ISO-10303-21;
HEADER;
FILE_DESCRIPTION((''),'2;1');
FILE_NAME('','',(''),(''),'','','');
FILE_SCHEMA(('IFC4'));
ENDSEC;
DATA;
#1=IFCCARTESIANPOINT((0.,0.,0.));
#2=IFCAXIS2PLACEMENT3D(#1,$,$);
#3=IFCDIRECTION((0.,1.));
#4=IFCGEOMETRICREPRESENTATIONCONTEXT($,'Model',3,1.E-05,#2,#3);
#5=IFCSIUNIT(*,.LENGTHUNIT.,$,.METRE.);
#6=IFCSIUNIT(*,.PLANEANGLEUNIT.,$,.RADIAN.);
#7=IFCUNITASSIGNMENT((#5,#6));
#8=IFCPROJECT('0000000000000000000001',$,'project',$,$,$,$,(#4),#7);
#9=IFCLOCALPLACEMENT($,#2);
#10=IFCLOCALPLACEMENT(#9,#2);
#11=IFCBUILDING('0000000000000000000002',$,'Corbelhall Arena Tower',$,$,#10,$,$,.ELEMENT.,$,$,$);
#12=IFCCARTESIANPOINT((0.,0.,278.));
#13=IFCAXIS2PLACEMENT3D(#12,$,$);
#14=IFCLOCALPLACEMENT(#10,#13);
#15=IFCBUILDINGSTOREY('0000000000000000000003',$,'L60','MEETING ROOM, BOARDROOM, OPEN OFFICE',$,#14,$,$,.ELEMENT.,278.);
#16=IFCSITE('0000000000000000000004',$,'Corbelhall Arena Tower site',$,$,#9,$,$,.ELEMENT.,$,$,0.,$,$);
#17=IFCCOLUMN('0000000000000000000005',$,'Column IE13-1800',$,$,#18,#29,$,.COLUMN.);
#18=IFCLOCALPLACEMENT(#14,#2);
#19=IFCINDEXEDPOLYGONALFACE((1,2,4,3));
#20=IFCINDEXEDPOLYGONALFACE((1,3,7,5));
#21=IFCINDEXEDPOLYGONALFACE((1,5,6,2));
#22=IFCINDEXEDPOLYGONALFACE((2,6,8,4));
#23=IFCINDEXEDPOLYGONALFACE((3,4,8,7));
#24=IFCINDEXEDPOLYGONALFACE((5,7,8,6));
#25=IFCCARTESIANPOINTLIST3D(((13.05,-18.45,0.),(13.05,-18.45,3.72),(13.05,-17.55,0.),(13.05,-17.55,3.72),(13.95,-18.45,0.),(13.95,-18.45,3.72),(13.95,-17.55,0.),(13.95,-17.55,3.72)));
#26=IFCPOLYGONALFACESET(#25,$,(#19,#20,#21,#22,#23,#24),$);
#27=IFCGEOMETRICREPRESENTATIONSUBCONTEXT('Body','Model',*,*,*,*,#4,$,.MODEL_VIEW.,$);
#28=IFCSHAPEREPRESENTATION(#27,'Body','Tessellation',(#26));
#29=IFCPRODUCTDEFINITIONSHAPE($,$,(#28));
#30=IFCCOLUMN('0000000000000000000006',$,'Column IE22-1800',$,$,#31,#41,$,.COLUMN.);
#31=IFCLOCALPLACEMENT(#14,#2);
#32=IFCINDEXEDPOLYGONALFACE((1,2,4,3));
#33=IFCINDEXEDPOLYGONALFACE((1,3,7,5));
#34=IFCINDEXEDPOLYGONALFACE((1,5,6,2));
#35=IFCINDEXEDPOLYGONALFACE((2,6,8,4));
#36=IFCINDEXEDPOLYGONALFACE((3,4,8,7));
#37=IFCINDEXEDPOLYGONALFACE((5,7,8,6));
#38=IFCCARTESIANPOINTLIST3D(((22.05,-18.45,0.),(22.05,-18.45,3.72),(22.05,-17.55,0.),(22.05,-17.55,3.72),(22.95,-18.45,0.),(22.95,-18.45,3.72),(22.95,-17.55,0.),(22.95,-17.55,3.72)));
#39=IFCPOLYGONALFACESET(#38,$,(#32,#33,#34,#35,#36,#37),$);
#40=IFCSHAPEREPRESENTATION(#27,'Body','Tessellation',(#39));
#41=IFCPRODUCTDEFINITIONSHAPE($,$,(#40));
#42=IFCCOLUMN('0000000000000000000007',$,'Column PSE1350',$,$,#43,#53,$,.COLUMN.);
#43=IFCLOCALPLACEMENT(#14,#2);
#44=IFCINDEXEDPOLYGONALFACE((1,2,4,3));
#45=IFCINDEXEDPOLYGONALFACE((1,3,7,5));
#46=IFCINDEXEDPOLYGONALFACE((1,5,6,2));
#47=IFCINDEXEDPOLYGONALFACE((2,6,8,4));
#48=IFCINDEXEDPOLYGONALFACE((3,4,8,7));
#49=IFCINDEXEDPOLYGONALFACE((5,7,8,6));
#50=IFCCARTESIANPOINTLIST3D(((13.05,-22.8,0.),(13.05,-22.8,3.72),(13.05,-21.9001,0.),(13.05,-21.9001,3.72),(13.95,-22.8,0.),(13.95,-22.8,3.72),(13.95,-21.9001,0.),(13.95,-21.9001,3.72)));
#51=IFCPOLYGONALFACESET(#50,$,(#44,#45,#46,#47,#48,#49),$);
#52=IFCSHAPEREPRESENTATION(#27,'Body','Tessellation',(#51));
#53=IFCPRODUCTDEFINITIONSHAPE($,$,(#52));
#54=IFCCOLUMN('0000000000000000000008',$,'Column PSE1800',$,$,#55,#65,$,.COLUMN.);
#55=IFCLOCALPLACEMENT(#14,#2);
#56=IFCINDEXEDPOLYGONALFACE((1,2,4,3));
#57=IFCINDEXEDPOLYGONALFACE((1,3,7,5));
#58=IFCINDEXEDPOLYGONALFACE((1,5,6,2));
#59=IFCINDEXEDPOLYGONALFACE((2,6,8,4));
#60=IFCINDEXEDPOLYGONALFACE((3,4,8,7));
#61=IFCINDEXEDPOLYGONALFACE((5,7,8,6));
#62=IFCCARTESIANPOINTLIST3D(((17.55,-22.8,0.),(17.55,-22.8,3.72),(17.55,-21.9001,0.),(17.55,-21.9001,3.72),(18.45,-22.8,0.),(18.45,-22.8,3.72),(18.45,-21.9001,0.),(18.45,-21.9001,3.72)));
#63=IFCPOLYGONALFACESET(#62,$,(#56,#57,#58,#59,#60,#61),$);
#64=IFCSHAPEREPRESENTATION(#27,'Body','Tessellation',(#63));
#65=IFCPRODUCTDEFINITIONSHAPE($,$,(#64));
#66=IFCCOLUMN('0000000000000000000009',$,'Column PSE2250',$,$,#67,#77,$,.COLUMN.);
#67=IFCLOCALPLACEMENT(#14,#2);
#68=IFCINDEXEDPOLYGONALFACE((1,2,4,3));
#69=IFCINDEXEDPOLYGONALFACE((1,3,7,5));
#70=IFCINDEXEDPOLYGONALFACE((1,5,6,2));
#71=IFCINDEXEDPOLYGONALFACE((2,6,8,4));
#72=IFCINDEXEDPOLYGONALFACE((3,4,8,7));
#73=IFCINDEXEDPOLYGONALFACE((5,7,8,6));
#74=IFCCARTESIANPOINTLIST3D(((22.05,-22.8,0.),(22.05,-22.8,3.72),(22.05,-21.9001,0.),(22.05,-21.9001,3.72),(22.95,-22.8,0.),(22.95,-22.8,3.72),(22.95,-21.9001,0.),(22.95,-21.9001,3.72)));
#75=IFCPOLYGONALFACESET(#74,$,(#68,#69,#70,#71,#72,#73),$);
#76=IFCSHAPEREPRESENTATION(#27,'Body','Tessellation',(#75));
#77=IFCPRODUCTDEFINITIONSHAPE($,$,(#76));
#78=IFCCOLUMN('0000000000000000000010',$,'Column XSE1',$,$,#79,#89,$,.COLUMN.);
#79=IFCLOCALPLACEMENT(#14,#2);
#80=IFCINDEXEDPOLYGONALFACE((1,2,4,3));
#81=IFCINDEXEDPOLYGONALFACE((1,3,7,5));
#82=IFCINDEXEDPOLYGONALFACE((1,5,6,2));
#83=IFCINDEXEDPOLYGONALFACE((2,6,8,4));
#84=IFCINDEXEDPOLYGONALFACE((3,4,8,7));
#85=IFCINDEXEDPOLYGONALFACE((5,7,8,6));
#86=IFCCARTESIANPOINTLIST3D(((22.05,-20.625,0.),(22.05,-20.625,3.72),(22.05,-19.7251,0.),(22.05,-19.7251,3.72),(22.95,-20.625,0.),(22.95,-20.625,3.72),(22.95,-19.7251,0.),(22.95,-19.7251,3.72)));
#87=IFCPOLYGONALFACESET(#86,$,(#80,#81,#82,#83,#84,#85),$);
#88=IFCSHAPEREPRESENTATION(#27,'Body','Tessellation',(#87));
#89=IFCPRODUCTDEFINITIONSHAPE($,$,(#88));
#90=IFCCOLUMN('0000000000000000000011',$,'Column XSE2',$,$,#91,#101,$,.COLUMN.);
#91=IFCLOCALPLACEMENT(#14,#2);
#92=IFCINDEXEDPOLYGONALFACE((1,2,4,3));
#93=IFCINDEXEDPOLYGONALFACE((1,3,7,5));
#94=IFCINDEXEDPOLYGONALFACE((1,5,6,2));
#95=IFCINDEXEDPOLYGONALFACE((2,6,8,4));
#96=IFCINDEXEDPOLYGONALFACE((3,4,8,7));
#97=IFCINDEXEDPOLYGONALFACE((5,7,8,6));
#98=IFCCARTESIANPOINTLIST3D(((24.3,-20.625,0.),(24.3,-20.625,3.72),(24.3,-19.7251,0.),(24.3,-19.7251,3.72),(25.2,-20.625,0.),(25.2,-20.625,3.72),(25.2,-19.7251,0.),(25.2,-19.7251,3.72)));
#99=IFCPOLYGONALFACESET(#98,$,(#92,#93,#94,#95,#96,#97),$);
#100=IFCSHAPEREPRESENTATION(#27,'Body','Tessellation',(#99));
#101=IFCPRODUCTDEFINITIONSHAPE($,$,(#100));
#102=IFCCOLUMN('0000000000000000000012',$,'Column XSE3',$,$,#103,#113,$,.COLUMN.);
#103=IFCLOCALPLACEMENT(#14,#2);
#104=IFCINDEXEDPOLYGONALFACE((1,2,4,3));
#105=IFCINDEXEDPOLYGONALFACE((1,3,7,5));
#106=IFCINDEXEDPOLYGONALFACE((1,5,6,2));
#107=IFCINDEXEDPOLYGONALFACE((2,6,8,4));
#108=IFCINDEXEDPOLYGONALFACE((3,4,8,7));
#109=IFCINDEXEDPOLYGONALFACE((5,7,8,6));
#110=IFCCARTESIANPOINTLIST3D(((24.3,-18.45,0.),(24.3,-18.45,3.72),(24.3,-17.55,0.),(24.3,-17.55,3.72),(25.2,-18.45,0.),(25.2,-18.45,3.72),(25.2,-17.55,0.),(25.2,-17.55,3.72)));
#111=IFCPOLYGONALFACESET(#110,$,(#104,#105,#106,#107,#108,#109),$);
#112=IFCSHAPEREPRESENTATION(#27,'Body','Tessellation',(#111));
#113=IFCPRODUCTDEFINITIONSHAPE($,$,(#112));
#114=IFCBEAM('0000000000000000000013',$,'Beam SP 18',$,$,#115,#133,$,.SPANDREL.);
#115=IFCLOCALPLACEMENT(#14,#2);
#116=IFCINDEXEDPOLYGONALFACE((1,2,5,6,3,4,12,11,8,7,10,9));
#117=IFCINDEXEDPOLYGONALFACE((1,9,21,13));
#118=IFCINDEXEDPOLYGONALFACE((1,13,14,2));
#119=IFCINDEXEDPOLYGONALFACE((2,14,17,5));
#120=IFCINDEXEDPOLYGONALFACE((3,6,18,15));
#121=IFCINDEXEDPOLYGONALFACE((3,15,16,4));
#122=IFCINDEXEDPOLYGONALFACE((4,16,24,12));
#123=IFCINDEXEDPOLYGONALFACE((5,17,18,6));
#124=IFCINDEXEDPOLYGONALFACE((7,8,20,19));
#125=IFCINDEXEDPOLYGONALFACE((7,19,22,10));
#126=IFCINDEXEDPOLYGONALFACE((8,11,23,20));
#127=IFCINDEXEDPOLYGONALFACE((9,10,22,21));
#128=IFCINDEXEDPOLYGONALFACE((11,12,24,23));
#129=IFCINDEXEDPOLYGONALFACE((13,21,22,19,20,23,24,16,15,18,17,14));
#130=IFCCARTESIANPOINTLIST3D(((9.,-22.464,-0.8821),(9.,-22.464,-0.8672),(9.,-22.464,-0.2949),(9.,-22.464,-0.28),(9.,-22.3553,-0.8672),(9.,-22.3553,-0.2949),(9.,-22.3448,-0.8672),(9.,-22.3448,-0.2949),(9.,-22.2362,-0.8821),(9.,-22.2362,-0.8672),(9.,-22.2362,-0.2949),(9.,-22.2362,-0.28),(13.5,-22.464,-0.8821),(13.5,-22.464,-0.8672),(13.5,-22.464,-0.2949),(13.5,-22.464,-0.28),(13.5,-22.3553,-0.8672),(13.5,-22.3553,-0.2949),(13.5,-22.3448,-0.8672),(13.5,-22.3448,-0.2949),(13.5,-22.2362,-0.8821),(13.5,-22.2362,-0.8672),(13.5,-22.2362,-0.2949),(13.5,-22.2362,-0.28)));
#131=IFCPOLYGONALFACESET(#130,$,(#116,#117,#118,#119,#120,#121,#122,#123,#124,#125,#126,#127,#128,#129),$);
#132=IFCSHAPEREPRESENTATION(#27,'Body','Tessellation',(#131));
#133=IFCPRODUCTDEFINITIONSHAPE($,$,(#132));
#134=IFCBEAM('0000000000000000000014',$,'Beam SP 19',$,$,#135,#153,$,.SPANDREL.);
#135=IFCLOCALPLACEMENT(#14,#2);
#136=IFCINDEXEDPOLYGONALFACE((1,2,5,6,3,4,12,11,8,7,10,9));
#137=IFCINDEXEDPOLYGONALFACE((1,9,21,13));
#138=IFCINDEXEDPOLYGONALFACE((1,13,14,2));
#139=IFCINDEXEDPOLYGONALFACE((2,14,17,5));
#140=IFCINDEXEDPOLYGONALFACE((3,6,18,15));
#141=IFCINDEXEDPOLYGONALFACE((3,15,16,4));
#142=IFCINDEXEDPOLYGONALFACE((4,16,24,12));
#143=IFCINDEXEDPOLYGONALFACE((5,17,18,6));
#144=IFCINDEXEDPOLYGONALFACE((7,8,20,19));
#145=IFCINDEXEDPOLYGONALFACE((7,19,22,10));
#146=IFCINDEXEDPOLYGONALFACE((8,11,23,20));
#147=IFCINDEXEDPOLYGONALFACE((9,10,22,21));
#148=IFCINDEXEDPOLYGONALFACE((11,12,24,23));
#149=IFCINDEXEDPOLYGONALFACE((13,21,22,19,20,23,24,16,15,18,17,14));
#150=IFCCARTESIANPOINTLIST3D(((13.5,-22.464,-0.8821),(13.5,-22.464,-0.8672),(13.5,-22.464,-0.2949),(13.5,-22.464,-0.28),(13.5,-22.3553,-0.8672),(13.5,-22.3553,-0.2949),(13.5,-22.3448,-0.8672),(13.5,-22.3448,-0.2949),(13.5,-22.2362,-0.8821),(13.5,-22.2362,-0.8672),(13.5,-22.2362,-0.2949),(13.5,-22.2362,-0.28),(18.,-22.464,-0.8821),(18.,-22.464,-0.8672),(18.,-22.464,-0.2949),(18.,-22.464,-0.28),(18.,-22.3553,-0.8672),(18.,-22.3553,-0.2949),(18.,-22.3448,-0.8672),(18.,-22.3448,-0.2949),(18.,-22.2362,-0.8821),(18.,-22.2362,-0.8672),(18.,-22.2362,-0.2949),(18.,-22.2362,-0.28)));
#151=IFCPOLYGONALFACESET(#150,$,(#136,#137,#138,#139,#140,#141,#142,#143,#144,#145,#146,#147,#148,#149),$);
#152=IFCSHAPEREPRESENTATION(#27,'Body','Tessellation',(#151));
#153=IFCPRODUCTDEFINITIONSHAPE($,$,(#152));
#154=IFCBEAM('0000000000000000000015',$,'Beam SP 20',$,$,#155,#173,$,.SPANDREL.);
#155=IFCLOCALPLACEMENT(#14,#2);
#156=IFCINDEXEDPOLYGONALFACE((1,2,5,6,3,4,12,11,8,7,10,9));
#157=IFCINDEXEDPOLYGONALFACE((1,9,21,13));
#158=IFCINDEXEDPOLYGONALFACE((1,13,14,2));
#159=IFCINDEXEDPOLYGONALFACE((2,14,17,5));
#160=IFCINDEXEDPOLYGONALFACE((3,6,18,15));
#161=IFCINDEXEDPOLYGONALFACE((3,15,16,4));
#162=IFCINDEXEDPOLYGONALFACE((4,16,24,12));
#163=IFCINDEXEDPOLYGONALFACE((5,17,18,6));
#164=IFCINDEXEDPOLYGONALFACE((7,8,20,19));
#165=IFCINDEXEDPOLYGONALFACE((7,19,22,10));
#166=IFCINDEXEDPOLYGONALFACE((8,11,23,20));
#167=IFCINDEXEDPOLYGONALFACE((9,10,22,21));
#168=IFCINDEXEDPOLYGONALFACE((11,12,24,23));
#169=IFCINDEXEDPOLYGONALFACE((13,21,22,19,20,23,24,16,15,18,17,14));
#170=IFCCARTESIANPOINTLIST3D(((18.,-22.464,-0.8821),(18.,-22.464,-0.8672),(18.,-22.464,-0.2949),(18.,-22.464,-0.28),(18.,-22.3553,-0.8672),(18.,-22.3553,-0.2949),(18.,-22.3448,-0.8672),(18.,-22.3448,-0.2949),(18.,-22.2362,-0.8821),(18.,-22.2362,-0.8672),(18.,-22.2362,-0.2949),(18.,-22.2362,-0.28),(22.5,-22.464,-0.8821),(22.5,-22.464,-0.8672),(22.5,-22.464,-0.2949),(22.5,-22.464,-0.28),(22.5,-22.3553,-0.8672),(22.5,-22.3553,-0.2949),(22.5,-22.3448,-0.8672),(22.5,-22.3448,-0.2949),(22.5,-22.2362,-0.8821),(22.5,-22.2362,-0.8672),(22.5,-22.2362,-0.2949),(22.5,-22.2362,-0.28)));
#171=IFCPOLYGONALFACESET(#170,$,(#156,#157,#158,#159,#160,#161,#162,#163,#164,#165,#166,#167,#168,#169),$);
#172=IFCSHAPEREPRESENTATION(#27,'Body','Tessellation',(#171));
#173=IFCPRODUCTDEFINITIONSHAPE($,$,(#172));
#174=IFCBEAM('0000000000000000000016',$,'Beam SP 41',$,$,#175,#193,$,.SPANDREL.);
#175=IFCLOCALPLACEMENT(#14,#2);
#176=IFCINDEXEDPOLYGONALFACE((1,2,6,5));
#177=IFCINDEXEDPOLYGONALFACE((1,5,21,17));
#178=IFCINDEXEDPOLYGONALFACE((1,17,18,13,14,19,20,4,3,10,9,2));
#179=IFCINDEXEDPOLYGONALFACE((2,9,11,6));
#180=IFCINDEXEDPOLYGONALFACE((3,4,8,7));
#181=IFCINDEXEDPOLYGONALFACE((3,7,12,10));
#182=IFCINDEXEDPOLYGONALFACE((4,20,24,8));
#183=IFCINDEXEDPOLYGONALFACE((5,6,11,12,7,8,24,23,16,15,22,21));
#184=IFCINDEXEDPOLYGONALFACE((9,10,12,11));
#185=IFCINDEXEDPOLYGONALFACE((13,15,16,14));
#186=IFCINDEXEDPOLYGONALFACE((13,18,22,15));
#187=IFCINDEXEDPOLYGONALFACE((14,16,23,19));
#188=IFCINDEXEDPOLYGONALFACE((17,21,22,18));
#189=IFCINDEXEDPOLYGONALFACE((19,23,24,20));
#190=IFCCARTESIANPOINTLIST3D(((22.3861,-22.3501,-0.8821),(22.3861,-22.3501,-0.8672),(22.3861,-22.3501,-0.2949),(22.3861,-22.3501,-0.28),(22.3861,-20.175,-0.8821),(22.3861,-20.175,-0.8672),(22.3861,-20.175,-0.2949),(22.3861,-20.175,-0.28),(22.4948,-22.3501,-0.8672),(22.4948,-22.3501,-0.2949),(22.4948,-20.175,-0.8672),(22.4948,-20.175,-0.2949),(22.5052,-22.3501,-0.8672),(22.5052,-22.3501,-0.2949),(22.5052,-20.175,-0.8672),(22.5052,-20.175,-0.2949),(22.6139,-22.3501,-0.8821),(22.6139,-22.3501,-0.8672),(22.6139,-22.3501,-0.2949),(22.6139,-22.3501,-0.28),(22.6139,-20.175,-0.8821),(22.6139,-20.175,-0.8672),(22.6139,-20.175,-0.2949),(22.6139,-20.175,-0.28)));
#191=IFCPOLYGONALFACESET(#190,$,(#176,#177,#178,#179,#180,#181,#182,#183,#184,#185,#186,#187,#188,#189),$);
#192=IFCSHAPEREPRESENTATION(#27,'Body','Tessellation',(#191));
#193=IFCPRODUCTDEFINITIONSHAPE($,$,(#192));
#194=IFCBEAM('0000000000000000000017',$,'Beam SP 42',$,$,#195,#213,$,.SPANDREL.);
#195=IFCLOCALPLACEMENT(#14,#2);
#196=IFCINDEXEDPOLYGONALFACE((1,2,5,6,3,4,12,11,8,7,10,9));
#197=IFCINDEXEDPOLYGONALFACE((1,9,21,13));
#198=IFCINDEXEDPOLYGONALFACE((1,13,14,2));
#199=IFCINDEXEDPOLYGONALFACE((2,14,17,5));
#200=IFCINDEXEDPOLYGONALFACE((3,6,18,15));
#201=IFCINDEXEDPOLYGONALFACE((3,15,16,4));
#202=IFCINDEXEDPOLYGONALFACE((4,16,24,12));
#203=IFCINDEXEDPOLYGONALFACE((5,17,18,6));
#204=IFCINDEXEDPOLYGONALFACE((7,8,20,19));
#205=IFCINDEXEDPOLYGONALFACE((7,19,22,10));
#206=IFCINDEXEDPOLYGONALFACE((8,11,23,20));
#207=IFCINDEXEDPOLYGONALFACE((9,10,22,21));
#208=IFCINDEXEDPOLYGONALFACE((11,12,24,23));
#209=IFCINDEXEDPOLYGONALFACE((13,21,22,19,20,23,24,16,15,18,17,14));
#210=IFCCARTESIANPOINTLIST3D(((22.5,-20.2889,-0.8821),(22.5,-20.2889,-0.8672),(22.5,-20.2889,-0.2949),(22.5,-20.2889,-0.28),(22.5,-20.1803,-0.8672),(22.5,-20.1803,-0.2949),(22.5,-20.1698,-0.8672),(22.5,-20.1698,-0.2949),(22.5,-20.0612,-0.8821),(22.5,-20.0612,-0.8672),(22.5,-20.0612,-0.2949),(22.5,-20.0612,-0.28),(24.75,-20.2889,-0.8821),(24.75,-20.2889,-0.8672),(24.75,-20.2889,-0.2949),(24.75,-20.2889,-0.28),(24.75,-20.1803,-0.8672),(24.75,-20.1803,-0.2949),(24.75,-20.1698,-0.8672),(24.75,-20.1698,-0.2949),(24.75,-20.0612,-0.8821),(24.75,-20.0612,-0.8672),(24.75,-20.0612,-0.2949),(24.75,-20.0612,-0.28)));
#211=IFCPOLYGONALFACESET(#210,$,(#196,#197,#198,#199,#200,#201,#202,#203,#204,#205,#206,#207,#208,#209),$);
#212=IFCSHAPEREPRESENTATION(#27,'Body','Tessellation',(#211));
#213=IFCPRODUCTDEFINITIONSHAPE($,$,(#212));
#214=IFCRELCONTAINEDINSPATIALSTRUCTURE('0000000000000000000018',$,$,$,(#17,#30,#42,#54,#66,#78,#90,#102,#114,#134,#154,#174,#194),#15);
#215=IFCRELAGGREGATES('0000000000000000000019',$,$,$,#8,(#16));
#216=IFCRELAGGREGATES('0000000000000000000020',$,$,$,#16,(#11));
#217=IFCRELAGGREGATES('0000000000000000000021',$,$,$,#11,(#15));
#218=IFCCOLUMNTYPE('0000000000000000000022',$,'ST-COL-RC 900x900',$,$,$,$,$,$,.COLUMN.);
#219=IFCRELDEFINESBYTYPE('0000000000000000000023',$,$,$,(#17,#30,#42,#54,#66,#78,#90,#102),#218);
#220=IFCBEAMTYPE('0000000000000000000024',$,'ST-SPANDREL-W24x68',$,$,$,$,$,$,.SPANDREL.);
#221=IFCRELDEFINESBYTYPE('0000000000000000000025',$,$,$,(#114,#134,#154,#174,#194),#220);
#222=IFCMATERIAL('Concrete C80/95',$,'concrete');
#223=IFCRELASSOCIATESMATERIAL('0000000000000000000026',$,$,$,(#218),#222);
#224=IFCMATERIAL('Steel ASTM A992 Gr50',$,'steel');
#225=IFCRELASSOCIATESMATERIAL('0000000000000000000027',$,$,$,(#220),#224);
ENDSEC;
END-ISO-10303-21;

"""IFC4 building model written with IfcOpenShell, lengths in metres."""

from ifc_helpers import new_model, si_unit, direction, frame, origin, origin_2d, place, context, subcontext, project, spatial, rectangle, i_section, extrude, material, material_profile, profile_set, type_object, element, save


model = new_model("IFC4")

# Units and contexts
model_context = context("Model", 3, precision=1e-05, world=origin(), true_north=direction((0.0, 1.0)))
body_context = subcontext(model_context, "Body", "Model", "MODEL_VIEW")
ifc_project = project(units=[si_unit("LENGTHUNIT", "METRE"), si_unit("PLANEANGLEUNIT", "RADIAN")], contexts=[model_context])

# Site, building, storey
site_placement = place(None, origin())
site = spatial("IfcSite", under=ifc_project, at=site_placement, Name="Corbelhall Arena Tower site", CompositionType="ELEMENT", RefElevation=0.0)
building_placement = place(site_placement, origin())
building = spatial("IfcBuilding", under=site, at=building_placement, Name="Corbelhall Arena Tower", CompositionType="ELEMENT")
storey_placement = place(building_placement, frame((0.0, 0.0, 278.0)))
storey = spatial("IfcBuildingStorey", under=building, at=storey_placement, Name="L60", Description="MEETING ROOM, BOARDROOM, OPEN OFFICE", CompositionType="ELEMENT", Elevation=278.0)

# Columns
ifc_material_1 = material(Name="Concrete C80/95", Category="concrete")
ifc_material_profile_1 = material_profile(ifc_material_1, rectangle(XDim=0.8999, YDim=0.8999, at=origin_2d()))
ifc_profile_set_1 = profile_set([ifc_material_profile_1], Name="Concrete C80/95")
column_type = type_object("IfcColumnType", Name="ST-COL-RC 900x900", PredefinedType="COLUMN", material=ifc_profile_set_1)
for number, where, z_axis, x_axis, name in (
    (1, (13.5, -18.0, 0.0), (0.0, 0.0, 1.0), (1.0, 0.0, 0.0), "Column IE13-1800"),
    (2, (22.5, -18.0, 0.0), (0.0, 0.0, 1.0), (1.0, 0.0, 0.0), "Column IE22-1800"),
    (3, (13.5, -22.3501, 0.0), (0.0, 0.0, 1.0), (1.0, 0.0, 0.0), "Column PSE1350"),
    (4, (18.0, -22.3501, 0.0), (0.0, 0.0, 1.0), (1.0, 0.0, 0.0), "Column PSE1800"),
    (5, (22.5, -22.3501, 0.0), (0.0, 0.0, 1.0), (1.0, 0.0, 0.0), "Column PSE2250"),
    (6, (22.5, -20.175, 0.0), (0.0, 0.0, 1.0), (1.0, 0.0, 0.0), "Column XSE1"),
    (7, (24.75, -20.175, 0.0), (0.0, 0.0, 1.0), (1.0, 0.0, 0.0), "Column XSE2"),
    (8, (24.75, -18.0, 0.0), (0.0, 0.0, 1.0), (1.0, 0.0, 0.0), "Column XSE3"),
):
    element("IfcColumn", number, at=place(storey_placement, frame(where, z_axis=z_axis, x_axis=x_axis)), inside=storey, type_object=column_type, Name=name, PredefinedType="COLUMN", context=body_context, shape_type="SweptSolid", body=[
        extrude(rectangle(XDim=0.8999, YDim=0.8999, at=origin_2d()), origin(), (0.0, 0.0, 1.0), 3.72),
    ])

# Beams
ifc_material_2 = material(Name="Steel ASTM A992 Gr50", Category="steel")
ifc_material_profile_2 = material_profile(ifc_material_2, i_section(OverallWidth=0.2278, OverallDepth=0.6021, WebThickness=0.0105, FlangeThickness=0.0149, at=origin_2d()))
ifc_profile_set_2 = profile_set([ifc_material_profile_2], Name="Steel ASTM A992 Gr50")
beam_type = type_object("IfcBeamType", Name="ST-SPANDREL-W24x68", PredefinedType="SPANDREL", material=ifc_profile_set_2)
for number, where, z_axis, x_axis, name in (
    (9, (13.5, -22.3501, -0.5811), (-1.0, 0.0, 0.0), (0.0, -1.0, 0.0), "Beam SP 18"),
    (10, (18.0, -22.3501, -0.5811), (-1.0, 0.0, 0.0), (0.0, -1.0, 0.0), "Beam SP 19"),
    (11, (22.5, -22.3501, -0.5811), (-1.0, 0.0, 0.0), (0.0, -1.0, 0.0), "Beam SP 20"),
):
    element("IfcBeam", number, at=place(storey_placement, frame(where, z_axis=z_axis, x_axis=x_axis)), inside=storey, type_object=beam_type, Name=name, PredefinedType="SPANDREL", context=body_context, shape_type="SweptSolid", body=[
        extrude(i_section(OverallWidth=0.2278, OverallDepth=0.6021, WebThickness=0.0105, FlangeThickness=0.0149, at=origin_2d()), origin(), (0.0, 0.0, 1.0), 4.5),
    ])
beam_1_placement = place(storey_placement, frame((22.5, -20.175, -0.5811), z_axis=(0.0, -1.0, 0.0), x_axis=(1.0, 0.0, 0.0)))
element("IfcBeam", 12, at=beam_1_placement, inside=storey, type_object=beam_type, Name="Beam SP 41", PredefinedType="SPANDREL", context=body_context, shape_type="SweptSolid", body=[
    extrude(i_section(OverallWidth=0.2278, OverallDepth=0.6021, WebThickness=0.0105, FlangeThickness=0.0149, at=origin_2d()), origin(), (0.0, 0.0, 1.0), 2.175),
])
beam_2_placement = place(storey_placement, frame((24.75, -20.175, -0.5811), z_axis=(-1.0, 0.0, 0.0), x_axis=(0.0, -1.0, 0.0)))
element("IfcBeam", 13, at=beam_2_placement, inside=storey, type_object=beam_type, Name="Beam SP 42", PredefinedType="SPANDREL", context=body_context, shape_type="SweptSolid", body=[
    extrude(i_section(OverallWidth=0.2278, OverallDepth=0.6021, WebThickness=0.0105, FlangeThickness=0.0149, at=origin_2d()), origin(), (0.0, 0.0, 1.0), 2.25),
])

save(model, "model.ifc")
